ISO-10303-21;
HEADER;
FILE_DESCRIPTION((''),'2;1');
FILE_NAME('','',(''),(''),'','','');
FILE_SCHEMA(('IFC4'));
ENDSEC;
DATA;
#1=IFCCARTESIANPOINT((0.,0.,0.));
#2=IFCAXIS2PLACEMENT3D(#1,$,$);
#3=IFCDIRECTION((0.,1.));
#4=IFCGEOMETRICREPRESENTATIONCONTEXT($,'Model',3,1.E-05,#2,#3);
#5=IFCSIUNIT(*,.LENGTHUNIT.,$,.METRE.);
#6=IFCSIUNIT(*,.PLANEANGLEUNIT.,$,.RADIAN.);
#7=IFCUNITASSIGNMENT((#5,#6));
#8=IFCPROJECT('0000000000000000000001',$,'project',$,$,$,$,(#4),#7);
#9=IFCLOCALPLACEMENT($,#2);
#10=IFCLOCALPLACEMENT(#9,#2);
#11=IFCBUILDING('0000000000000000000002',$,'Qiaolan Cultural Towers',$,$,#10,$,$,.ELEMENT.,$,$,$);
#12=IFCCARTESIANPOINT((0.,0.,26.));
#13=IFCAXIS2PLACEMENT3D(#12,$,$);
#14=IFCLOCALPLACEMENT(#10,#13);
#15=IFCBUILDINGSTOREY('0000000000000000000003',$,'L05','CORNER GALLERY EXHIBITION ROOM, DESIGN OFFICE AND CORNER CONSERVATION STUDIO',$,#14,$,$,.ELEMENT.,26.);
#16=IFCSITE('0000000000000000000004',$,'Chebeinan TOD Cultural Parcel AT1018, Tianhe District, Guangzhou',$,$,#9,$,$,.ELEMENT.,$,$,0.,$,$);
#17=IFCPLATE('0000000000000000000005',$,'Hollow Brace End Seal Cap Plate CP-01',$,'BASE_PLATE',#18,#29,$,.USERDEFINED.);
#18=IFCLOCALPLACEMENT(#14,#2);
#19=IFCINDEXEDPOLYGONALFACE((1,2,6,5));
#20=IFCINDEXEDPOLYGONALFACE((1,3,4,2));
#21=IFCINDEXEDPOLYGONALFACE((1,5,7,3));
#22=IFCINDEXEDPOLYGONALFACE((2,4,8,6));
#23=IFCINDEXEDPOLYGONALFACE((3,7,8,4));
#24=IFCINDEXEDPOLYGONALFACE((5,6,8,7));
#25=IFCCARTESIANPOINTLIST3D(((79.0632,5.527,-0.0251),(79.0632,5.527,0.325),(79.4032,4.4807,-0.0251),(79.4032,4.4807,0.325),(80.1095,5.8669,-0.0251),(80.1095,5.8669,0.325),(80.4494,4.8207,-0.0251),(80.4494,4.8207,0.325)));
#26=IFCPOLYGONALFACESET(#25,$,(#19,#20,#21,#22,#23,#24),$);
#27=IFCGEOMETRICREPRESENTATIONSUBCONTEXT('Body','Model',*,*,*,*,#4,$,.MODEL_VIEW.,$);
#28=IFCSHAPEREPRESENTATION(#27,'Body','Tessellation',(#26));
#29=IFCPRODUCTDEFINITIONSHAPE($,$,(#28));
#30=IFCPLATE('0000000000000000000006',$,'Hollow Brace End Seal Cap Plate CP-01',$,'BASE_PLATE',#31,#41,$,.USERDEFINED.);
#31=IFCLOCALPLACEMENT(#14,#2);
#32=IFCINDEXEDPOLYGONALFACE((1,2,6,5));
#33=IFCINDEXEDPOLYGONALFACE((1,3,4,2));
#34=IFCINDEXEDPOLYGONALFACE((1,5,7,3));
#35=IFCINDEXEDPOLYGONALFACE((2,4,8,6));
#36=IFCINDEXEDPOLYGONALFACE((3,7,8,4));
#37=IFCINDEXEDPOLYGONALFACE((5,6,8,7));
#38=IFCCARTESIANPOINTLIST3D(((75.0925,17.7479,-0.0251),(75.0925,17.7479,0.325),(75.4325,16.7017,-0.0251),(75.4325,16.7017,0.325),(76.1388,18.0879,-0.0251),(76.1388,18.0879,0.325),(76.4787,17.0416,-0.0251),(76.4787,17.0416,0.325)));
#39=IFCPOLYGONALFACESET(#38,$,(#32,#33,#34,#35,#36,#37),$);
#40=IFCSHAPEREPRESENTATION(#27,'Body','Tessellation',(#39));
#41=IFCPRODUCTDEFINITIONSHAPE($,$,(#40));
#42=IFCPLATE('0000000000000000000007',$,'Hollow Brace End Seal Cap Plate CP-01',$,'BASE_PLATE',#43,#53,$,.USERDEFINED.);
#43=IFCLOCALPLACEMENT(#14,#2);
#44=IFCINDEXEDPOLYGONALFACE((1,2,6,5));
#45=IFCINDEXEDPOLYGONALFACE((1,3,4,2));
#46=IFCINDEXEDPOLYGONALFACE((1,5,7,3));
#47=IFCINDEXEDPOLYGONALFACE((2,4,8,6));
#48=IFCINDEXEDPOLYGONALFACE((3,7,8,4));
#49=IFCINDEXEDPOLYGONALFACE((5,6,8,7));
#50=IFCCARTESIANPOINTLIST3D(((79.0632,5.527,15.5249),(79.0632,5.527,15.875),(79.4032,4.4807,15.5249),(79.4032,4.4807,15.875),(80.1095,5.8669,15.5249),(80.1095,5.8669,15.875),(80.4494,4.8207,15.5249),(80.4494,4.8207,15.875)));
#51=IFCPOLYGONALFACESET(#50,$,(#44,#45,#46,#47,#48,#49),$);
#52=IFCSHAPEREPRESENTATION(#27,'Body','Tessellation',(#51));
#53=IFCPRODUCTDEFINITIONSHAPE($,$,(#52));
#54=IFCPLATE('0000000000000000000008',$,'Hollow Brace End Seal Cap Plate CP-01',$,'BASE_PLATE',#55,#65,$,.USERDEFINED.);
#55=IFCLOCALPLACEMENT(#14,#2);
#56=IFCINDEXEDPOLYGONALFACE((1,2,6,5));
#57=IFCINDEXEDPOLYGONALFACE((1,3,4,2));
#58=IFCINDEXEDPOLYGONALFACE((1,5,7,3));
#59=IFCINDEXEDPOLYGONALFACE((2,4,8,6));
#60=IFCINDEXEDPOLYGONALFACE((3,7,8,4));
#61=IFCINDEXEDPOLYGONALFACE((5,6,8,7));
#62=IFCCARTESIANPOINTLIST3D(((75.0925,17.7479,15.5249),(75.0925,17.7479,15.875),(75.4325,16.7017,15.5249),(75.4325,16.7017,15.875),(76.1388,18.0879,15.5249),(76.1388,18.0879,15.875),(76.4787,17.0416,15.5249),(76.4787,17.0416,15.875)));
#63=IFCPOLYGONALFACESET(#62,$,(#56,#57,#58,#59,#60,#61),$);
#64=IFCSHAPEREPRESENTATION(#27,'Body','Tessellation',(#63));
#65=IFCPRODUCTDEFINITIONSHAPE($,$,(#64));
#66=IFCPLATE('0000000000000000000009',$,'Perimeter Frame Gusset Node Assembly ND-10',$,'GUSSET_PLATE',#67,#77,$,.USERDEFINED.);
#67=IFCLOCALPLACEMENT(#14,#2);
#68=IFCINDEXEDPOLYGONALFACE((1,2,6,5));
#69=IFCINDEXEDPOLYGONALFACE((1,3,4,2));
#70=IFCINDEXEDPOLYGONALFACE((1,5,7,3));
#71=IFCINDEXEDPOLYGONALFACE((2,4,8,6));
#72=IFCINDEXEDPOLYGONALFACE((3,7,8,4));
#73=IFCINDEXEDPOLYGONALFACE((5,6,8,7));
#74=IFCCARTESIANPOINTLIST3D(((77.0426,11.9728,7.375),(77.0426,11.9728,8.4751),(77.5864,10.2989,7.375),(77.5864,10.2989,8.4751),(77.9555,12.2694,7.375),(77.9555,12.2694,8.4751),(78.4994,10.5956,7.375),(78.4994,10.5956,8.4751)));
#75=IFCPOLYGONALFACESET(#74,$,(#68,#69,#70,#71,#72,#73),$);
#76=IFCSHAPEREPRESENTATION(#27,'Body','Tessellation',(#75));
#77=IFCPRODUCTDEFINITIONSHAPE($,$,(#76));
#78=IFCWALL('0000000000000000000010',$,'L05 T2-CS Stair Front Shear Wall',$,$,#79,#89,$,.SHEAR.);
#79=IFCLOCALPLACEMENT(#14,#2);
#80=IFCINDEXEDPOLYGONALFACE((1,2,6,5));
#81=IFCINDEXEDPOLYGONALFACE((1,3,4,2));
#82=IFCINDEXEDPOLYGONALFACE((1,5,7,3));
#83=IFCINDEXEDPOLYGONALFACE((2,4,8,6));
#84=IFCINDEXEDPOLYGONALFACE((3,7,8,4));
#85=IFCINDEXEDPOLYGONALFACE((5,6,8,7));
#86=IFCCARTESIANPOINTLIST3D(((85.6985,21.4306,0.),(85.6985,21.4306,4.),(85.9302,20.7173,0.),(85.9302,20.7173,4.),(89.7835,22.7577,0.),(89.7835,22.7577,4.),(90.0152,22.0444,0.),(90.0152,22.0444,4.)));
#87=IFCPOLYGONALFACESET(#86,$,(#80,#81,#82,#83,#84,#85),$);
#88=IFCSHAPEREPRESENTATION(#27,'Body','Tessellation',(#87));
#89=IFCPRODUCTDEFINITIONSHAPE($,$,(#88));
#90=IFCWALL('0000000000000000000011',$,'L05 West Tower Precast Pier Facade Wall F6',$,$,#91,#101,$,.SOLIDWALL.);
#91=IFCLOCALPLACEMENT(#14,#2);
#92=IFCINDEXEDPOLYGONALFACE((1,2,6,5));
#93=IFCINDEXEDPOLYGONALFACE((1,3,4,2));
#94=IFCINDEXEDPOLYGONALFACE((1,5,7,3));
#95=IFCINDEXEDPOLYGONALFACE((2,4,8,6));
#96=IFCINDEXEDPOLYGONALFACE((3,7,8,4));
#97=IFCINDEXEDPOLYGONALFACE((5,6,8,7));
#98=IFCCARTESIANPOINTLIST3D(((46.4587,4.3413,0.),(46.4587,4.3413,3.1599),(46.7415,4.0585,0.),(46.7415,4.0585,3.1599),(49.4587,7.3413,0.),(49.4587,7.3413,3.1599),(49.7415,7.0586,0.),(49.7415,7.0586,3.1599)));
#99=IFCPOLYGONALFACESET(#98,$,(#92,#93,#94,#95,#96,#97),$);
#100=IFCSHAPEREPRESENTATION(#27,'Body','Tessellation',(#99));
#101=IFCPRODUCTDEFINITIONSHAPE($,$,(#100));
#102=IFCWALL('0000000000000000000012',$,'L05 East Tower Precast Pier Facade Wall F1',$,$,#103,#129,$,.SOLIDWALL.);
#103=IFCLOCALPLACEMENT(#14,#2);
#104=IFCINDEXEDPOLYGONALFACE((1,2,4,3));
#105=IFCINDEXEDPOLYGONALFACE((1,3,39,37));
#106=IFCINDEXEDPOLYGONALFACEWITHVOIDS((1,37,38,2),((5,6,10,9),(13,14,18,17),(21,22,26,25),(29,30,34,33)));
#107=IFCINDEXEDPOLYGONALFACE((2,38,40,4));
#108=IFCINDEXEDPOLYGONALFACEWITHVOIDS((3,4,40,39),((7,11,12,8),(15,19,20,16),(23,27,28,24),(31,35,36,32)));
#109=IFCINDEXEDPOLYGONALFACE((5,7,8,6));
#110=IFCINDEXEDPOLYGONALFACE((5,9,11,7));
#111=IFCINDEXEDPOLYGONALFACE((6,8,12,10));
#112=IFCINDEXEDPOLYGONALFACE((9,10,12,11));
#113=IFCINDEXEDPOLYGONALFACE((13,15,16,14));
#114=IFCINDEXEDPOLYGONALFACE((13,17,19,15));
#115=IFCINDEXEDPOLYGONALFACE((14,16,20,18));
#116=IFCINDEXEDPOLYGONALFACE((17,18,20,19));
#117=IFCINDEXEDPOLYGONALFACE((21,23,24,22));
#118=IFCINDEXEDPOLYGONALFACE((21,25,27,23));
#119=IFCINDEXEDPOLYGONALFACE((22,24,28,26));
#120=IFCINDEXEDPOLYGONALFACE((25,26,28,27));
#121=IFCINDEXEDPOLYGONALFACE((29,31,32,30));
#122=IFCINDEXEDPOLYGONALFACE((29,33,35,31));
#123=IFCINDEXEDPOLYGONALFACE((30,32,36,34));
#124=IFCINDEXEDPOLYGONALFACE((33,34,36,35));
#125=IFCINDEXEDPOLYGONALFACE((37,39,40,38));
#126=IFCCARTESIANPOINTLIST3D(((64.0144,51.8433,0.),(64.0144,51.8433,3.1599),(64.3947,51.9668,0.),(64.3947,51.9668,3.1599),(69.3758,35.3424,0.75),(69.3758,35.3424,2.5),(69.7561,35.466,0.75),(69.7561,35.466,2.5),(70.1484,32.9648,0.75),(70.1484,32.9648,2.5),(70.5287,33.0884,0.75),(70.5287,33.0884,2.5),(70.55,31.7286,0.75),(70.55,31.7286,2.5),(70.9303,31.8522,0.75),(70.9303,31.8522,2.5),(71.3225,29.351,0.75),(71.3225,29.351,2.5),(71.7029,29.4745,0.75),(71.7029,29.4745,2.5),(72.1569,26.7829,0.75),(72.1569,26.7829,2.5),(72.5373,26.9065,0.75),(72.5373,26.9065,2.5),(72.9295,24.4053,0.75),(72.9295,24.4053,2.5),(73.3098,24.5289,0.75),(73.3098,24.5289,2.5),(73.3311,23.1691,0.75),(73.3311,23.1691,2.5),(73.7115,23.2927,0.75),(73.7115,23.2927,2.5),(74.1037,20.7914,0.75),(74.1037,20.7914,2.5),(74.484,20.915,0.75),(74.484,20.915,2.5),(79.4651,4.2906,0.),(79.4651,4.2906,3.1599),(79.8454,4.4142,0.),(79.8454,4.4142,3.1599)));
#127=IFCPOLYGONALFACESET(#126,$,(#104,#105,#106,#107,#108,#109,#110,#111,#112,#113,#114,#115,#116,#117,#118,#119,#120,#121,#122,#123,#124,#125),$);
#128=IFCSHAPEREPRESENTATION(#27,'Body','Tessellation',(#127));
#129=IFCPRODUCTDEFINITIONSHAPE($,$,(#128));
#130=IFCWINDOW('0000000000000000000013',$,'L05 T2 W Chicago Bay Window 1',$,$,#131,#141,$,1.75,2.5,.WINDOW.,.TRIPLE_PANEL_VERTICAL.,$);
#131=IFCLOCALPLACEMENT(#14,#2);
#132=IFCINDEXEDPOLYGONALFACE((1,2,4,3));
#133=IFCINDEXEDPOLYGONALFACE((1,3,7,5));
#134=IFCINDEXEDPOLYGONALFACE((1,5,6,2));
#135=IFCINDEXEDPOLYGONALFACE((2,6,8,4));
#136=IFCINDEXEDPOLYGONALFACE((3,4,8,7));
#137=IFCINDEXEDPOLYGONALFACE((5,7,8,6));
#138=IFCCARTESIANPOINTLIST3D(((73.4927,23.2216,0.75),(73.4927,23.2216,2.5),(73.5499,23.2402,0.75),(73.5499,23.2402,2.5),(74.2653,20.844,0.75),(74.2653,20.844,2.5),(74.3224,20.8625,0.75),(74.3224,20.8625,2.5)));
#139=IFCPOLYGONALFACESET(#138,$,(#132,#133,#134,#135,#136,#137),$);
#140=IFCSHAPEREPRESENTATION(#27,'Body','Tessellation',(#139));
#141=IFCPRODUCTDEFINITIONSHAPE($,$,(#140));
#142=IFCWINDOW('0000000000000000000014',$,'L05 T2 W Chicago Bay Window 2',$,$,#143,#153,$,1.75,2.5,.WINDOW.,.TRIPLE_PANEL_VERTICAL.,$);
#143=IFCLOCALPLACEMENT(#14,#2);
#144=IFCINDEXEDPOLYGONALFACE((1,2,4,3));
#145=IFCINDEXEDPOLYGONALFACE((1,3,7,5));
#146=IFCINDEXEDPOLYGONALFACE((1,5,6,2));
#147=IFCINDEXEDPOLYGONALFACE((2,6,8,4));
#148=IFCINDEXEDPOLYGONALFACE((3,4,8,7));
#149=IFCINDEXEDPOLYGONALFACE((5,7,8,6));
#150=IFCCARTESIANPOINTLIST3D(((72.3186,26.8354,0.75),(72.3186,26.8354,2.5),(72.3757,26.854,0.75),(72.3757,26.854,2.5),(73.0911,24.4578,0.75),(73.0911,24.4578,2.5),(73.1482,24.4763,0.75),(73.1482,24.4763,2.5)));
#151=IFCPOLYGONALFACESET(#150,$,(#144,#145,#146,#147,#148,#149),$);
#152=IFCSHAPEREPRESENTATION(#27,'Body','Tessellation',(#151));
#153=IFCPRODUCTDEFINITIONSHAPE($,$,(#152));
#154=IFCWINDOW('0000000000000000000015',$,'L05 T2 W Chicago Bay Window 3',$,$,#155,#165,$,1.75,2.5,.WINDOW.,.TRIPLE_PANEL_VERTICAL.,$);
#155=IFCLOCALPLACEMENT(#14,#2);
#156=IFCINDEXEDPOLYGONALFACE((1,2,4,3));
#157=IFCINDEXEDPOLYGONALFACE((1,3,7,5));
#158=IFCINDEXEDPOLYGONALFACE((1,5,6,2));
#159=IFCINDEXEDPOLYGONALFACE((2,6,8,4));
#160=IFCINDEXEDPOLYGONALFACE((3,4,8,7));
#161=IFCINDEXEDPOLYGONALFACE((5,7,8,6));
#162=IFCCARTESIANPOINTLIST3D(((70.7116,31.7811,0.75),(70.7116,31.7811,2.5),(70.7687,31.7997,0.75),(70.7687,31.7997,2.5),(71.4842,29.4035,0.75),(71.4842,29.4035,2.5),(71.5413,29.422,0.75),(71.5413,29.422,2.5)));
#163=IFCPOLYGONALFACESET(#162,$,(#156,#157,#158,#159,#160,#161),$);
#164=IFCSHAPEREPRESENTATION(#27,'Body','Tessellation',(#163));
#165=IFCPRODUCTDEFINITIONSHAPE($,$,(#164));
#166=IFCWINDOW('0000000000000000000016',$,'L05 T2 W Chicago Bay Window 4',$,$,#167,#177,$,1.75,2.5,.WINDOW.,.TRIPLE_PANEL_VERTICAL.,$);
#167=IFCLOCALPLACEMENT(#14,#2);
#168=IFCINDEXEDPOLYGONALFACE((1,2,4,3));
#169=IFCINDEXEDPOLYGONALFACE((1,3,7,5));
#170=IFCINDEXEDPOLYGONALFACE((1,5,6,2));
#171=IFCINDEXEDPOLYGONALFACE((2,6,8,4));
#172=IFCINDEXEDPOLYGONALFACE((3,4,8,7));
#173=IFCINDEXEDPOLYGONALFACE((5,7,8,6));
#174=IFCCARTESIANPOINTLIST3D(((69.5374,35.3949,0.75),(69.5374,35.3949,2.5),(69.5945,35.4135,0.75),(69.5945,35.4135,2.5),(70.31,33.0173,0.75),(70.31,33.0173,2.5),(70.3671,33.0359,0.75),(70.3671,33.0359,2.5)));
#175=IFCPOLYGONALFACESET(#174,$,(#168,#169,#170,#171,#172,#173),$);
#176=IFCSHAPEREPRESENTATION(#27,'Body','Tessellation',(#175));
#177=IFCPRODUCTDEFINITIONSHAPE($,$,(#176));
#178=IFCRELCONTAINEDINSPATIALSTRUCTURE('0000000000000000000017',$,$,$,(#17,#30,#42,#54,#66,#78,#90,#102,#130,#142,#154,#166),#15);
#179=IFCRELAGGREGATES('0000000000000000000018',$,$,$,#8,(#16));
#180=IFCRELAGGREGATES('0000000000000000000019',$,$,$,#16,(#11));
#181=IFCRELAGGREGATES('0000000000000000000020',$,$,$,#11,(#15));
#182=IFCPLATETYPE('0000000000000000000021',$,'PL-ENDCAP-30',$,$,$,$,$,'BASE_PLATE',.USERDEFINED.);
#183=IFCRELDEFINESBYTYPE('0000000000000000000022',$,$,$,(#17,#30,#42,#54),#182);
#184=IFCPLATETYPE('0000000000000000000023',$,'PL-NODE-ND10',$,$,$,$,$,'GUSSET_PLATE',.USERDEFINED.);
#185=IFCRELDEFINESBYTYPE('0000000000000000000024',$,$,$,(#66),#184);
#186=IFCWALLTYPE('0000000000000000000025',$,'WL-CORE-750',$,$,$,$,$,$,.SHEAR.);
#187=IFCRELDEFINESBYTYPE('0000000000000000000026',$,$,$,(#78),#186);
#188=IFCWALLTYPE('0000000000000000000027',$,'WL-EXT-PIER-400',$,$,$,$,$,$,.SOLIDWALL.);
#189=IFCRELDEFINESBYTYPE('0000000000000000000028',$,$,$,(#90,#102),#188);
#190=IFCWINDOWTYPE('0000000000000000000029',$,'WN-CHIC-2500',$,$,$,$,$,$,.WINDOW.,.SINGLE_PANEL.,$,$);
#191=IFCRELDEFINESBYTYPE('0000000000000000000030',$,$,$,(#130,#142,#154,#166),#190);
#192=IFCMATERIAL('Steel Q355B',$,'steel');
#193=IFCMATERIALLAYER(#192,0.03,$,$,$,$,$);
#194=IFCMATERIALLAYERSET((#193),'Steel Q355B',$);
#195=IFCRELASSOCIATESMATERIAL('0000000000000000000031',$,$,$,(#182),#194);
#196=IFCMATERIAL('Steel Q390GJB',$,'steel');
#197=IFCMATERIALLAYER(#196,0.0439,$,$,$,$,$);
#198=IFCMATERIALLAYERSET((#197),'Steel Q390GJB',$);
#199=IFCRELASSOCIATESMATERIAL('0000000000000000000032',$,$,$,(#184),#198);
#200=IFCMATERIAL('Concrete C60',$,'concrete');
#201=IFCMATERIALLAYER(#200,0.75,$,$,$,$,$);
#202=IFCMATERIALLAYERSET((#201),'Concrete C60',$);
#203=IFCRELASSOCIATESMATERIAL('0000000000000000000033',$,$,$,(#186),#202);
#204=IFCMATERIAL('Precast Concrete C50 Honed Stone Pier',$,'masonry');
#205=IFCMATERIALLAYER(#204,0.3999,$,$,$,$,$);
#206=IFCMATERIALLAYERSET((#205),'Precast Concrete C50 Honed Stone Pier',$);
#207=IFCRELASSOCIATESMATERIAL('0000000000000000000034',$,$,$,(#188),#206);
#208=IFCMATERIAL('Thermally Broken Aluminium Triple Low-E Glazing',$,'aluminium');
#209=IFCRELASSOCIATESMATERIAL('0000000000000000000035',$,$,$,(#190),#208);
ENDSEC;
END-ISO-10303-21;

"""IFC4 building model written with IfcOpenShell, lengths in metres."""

from ifc_helpers import new_model, si_unit, direction, frame, frame_2d, origin, origin_2d, place, context, subcontext, project, spatial, rectangle, extrude, material, layer, layer_set, type_object, element, fill, save


model = new_model("IFC4")

# Units and contexts
model_context = context("Model", 3, precision=1e-05, world=origin(), true_north=direction((0.0, 1.0)))
body_context = subcontext(model_context, "Body", "Model", "MODEL_VIEW")
ifc_project = project(units=[si_unit("LENGTHUNIT", "METRE"), si_unit("PLANEANGLEUNIT", "RADIAN")], contexts=[model_context])

# Site, building, storey
site_placement = place(None, origin())
site = spatial("IfcSite", under=ifc_project, at=site_placement, Name="Chebeinan TOD Cultural Parcel AT1018, Tianhe District, Guangzhou", CompositionType="ELEMENT", RefElevation=0.0)
building_placement = place(site_placement, origin())
building = spatial("IfcBuilding", under=site, at=building_placement, Name="Qiaolan Cultural Towers", CompositionType="ELEMENT")
storey_placement = place(building_placement, frame((0.0, 0.0, 26.0)))
storey = spatial("IfcBuildingStorey", under=building, at=storey_placement, Name="L05", Description="CORNER GALLERY EXHIBITION ROOM, DESIGN OFFICE AND CORNER CONSERVATION STUDIO", CompositionType="ELEMENT", Elevation=26.0)

# Plates
ifc_material_1 = material(Name="Steel Q355B", Category="steel")
ifc_layer_1 = layer(ifc_material_1, 0.03)
ifc_layer_set_1 = layer_set([ifc_layer_1], Name="Steel Q355B")
plate_type_1 = type_object("IfcPlateType", Name="PL-ENDCAP-30", ElementType="BASE_PLATE", PredefinedType="USERDEFINED", material=ifc_layer_set_1)
for number, where, z_axis, x_axis, name in (
    (1, (79.7563, 5.1738, -0.0251), (0.0, 0.0, 1.0), (-0.309017, 0.951057, 0.0), "Hollow Brace End Seal Cap Plate CP-01"),
    (2, (75.7856, 17.3948, -0.0251), (0.0, 0.0, 1.0), (-0.309017, 0.951057, 0.0), "Hollow Brace End Seal Cap Plate CP-01"),
    (3, (79.7563, 5.1738, 15.5249), (0.0, 0.0, 1.0), (-0.309017, 0.951057, 0.0), "Hollow Brace End Seal Cap Plate CP-01"),
    (4, (75.7856, 17.3948, 15.5249), (0.0, 0.0, 1.0), (-0.309017, 0.951057, 0.0), "Hollow Brace End Seal Cap Plate CP-01"),
):
    element("IfcPlate", number, at=place(storey_placement, frame(where, z_axis=z_axis, x_axis=x_axis)), inside=storey, type_object=plate_type_1, Name=name, ObjectType="BASE_PLATE", PredefinedType="USERDEFINED", context=body_context, shape_type="SweptSolid", body=[
        extrude(rectangle(XDim=1.1001, YDim=1.1001, at=origin_2d()), origin(), (0.0, 0.0, 1.0), 0.3501),
    ])
ifc_material_2 = material(Name="Steel Q390GJB", Category="steel")
ifc_layer_2 = layer(ifc_material_2, 0.0439)
ifc_layer_set_2 = layer_set([ifc_layer_2], Name="Steel Q390GJB")
plate_type_2 = type_object("IfcPlateType", Name="PL-NODE-ND10", ElementType="GUSSET_PLATE", PredefinedType="USERDEFINED", material=ifc_layer_set_2)
plate_placement = place(storey_placement, frame((77.771, 11.2842, 7.375), z_axis=(0.0, 0.0, 1.0), x_axis=(-0.309017, 0.951057, 0.0)))
element("IfcPlate", 5, at=plate_placement, inside=storey, type_object=plate_type_2, Name="Perimeter Frame Gusset Node Assembly ND-10", ObjectType="GUSSET_PLATE", PredefinedType="USERDEFINED", context=body_context, shape_type="SweptSolid", body=[
    extrude(rectangle(XDim=1.76, YDim=0.96, at=origin_2d()), origin(), (0.0, 0.0, 1.0), 1.1001),
])

# Walls
ifc_material_3 = material(Name="Concrete C60", Category="concrete")
ifc_layer_3 = layer(ifc_material_3, 0.75)
ifc_layer_set_3 = layer_set([ifc_layer_3], Name="Concrete C60")
wall_type_1 = type_object("IfcWallType", Name="WL-CORE-750", PredefinedType="SHEAR", material=ifc_layer_set_3)
wall_1_placement = place(storey_placement, frame((85.8145, 21.074, 0.0), z_axis=(0.0, 0.0, 1.0), x_axis=(0.951066, 0.308988, 0.0)))
element("IfcWall", 6, at=wall_1_placement, inside=storey, type_object=wall_type_1, Name="L05 T2-CS Stair Front Shear Wall", PredefinedType="SHEAR", context=body_context, shape_type="SweptSolid", body=[
    extrude(rectangle(XDim=4.2952, YDim=0.75, at=frame_2d((2.1475, 0.0))), origin(), (0.0, 0.0, 1.0), 4.0),
])
ifc_material_4 = material(Name="Precast Concrete C50 Honed Stone Pier", Category="masonry")
ifc_layer_4 = layer(ifc_material_4, 0.3999)
ifc_layer_set_4 = layer_set([ifc_layer_4], Name="Precast Concrete C50 Honed Stone Pier")
wall_type_2 = type_object("IfcWallType", Name="WL-EXT-PIER-400", PredefinedType="SOLIDWALL", material=ifc_layer_set_4)
wall_2_placement = place(storey_placement, frame((49.6001, 7.2, 0.0), z_axis=(0.0, 0.0, 1.0), x_axis=(-0.707107, -0.707107, 0.0)))
element("IfcWall", 7, at=wall_2_placement, inside=storey, type_object=wall_type_2, Name="L05 West Tower Precast Pier Facade Wall F6", PredefinedType="SOLIDWALL", context=body_context, shape_type="SweptSolid", body=[
    extrude(rectangle(XDim=4.2427, YDim=0.3999, at=frame_2d((2.1213, 0.0))), origin(), (0.0, 0.0, 1.0), 3.1599),
])

# Wall, openings, windows
wall_3_placement = place(storey_placement, frame((79.6553, 4.3523, 0.0), z_axis=(0.0, 0.0, 1.0), x_axis=(-0.309015, 0.951057, 0.0)))
wall_3 = element("IfcWall", 8, at=wall_3_placement, inside=storey, type_object=wall_type_2, Name="L05 East Tower Precast Pier Facade Wall F1", PredefinedType="SOLIDWALL", context=body_context, shape_type="SweptSolid", body=[
    extrude(rectangle(XDim=49.9998, YDim=0.3999, at=frame_2d((25.0, 0.0))), origin(), (0.0, 0.0, 1.0), 3.1599),
])
opening_1_placement = place(wall_3_placement, frame((17.3501, 0.0, 0.75)))
opening_1 = element("IfcOpeningElement", 9, at=opening_1_placement, cuts=wall_3, PredefinedType="OPENING", context=body_context, shape_type="SweptSolid", body=[
    extrude(rectangle(XDim=2.5, YDim=1.75, at=frame_2d((1.25, 0.875))), frame((0.0, 0.21, 0.0), z_axis=(0.0, -1.0, 0.0), x_axis=(1.0, 0.0, 0.0)), (0.0, 0.0, 1.0), 0.4199),
])
opening_2_placement = place(wall_3_placement, frame((21.1499, 0.0, 0.75)))
opening_2 = element("IfcOpeningElement", 10, at=opening_2_placement, cuts=wall_3, PredefinedType="OPENING", context=body_context, shape_type="SweptSolid", body=[
    extrude(rectangle(XDim=2.5, YDim=1.75, at=frame_2d((1.25, 0.875))), frame((0.0, 0.21, 0.0), z_axis=(0.0, -1.0, 0.0), x_axis=(1.0, 0.0, 0.0)), (0.0, 0.0, 1.0), 0.4199),
])
opening_3_placement = place(wall_3_placement, frame((26.3501, 0.0, 0.75)))
opening_3 = element("IfcOpeningElement", 11, at=opening_3_placement, cuts=wall_3, PredefinedType="OPENING", context=body_context, shape_type="SweptSolid", body=[
    extrude(rectangle(XDim=2.5, YDim=1.75, at=frame_2d((1.25, 0.875))), frame((0.0, 0.21, 0.0), z_axis=(0.0, -1.0, 0.0), x_axis=(1.0, 0.0, 0.0)), (0.0, 0.0, 1.0), 0.4199),
])
opening_4_placement = place(wall_3_placement, frame((30.1499, 0.0, 0.75)))
opening_4 = element("IfcOpeningElement", 12, at=opening_4_placement, cuts=wall_3, PredefinedType="OPENING", context=body_context, shape_type="SweptSolid", body=[
    extrude(rectangle(XDim=2.5, YDim=1.75, at=frame_2d((1.25, 0.875))), frame((0.0, 0.21, 0.0), z_axis=(0.0, -1.0, 0.0), x_axis=(1.0, 0.0, 0.0)), (0.0, 0.0, 1.0), 0.4199),
])
ifc_material_5 = material(Name="Thermally Broken Aluminium Triple Low-E Glazing", Category="aluminium")
window_type = type_object("IfcWindowType", Name="WN-CHIC-2500", PartitioningType="SINGLE_PANEL", PredefinedType="WINDOW", material=ifc_material_5)
window_1_placement = place(opening_1_placement, origin())
window_1 = element("IfcWindow", 13, at=window_1_placement, inside=storey, type_object=window_type, Name="L05 T2 W Chicago Bay Window 1", OverallHeight=1.75, OverallWidth=2.5, PartitioningType="TRIPLE_PANEL_VERTICAL", PredefinedType="WINDOW", context=body_context, shape_type="SweptSolid", body=[
    extrude(rectangle(XDim=2.5, YDim=1.75, at=frame_2d((1.25, 0.875))), frame((0.0, 0.03, 0.0), z_axis=(0.0, -1.0, 0.0), x_axis=(1.0, 0.0, 0.0)), (0.0, 0.0, 1.0), 0.0601),
])
fill(opening_1, window_1)
window_2_placement = place(opening_2_placement, origin())
window_2 = element("IfcWindow", 14, at=window_2_placement, inside=storey, type_object=window_type, Name="L05 T2 W Chicago Bay Window 2", OverallHeight=1.75, OverallWidth=2.5, PartitioningType="TRIPLE_PANEL_VERTICAL", PredefinedType="WINDOW", context=body_context, shape_type="SweptSolid", body=[
    extrude(rectangle(XDim=2.5, YDim=1.75, at=frame_2d((1.25, 0.875))), frame((0.0, 0.03, 0.0), z_axis=(0.0, -1.0, 0.0), x_axis=(1.0, 0.0, 0.0)), (0.0, 0.0, 1.0), 0.0601),
])
fill(opening_2, window_2)
window_3_placement = place(opening_3_placement, origin())
window_3 = element("IfcWindow", 15, at=window_3_placement, inside=storey, type_object=window_type, Name="L05 T2 W Chicago Bay Window 3", OverallHeight=1.75, OverallWidth=2.5, PartitioningType="TRIPLE_PANEL_VERTICAL", PredefinedType="WINDOW", context=body_context, shape_type="SweptSolid", body=[
    extrude(rectangle(XDim=2.5, YDim=1.75, at=frame_2d((1.25, 0.875))), frame((0.0, 0.03, 0.0), z_axis=(0.0, -1.0, 0.0), x_axis=(1.0, 0.0, 0.0)), (0.0, 0.0, 1.0), 0.0601),
])
fill(opening_3, window_3)
window_4_placement = place(opening_4_placement, origin())
window_4 = element("IfcWindow", 16, at=window_4_placement, inside=storey, type_object=window_type, Name="L05 T2 W Chicago Bay Window 4", OverallHeight=1.75, OverallWidth=2.5, PartitioningType="TRIPLE_PANEL_VERTICAL", PredefinedType="WINDOW", context=body_context, shape_type="SweptSolid", body=[
    extrude(rectangle(XDim=2.5, YDim=1.75, at=frame_2d((1.25, 0.875))), frame((0.0, 0.03, 0.0), z_axis=(0.0, -1.0, 0.0), x_axis=(1.0, 0.0, 0.0)), (0.0, 0.0, 1.0), 0.0601),
])
fill(opening_4, window_4)

save(model, "model.ifc")
